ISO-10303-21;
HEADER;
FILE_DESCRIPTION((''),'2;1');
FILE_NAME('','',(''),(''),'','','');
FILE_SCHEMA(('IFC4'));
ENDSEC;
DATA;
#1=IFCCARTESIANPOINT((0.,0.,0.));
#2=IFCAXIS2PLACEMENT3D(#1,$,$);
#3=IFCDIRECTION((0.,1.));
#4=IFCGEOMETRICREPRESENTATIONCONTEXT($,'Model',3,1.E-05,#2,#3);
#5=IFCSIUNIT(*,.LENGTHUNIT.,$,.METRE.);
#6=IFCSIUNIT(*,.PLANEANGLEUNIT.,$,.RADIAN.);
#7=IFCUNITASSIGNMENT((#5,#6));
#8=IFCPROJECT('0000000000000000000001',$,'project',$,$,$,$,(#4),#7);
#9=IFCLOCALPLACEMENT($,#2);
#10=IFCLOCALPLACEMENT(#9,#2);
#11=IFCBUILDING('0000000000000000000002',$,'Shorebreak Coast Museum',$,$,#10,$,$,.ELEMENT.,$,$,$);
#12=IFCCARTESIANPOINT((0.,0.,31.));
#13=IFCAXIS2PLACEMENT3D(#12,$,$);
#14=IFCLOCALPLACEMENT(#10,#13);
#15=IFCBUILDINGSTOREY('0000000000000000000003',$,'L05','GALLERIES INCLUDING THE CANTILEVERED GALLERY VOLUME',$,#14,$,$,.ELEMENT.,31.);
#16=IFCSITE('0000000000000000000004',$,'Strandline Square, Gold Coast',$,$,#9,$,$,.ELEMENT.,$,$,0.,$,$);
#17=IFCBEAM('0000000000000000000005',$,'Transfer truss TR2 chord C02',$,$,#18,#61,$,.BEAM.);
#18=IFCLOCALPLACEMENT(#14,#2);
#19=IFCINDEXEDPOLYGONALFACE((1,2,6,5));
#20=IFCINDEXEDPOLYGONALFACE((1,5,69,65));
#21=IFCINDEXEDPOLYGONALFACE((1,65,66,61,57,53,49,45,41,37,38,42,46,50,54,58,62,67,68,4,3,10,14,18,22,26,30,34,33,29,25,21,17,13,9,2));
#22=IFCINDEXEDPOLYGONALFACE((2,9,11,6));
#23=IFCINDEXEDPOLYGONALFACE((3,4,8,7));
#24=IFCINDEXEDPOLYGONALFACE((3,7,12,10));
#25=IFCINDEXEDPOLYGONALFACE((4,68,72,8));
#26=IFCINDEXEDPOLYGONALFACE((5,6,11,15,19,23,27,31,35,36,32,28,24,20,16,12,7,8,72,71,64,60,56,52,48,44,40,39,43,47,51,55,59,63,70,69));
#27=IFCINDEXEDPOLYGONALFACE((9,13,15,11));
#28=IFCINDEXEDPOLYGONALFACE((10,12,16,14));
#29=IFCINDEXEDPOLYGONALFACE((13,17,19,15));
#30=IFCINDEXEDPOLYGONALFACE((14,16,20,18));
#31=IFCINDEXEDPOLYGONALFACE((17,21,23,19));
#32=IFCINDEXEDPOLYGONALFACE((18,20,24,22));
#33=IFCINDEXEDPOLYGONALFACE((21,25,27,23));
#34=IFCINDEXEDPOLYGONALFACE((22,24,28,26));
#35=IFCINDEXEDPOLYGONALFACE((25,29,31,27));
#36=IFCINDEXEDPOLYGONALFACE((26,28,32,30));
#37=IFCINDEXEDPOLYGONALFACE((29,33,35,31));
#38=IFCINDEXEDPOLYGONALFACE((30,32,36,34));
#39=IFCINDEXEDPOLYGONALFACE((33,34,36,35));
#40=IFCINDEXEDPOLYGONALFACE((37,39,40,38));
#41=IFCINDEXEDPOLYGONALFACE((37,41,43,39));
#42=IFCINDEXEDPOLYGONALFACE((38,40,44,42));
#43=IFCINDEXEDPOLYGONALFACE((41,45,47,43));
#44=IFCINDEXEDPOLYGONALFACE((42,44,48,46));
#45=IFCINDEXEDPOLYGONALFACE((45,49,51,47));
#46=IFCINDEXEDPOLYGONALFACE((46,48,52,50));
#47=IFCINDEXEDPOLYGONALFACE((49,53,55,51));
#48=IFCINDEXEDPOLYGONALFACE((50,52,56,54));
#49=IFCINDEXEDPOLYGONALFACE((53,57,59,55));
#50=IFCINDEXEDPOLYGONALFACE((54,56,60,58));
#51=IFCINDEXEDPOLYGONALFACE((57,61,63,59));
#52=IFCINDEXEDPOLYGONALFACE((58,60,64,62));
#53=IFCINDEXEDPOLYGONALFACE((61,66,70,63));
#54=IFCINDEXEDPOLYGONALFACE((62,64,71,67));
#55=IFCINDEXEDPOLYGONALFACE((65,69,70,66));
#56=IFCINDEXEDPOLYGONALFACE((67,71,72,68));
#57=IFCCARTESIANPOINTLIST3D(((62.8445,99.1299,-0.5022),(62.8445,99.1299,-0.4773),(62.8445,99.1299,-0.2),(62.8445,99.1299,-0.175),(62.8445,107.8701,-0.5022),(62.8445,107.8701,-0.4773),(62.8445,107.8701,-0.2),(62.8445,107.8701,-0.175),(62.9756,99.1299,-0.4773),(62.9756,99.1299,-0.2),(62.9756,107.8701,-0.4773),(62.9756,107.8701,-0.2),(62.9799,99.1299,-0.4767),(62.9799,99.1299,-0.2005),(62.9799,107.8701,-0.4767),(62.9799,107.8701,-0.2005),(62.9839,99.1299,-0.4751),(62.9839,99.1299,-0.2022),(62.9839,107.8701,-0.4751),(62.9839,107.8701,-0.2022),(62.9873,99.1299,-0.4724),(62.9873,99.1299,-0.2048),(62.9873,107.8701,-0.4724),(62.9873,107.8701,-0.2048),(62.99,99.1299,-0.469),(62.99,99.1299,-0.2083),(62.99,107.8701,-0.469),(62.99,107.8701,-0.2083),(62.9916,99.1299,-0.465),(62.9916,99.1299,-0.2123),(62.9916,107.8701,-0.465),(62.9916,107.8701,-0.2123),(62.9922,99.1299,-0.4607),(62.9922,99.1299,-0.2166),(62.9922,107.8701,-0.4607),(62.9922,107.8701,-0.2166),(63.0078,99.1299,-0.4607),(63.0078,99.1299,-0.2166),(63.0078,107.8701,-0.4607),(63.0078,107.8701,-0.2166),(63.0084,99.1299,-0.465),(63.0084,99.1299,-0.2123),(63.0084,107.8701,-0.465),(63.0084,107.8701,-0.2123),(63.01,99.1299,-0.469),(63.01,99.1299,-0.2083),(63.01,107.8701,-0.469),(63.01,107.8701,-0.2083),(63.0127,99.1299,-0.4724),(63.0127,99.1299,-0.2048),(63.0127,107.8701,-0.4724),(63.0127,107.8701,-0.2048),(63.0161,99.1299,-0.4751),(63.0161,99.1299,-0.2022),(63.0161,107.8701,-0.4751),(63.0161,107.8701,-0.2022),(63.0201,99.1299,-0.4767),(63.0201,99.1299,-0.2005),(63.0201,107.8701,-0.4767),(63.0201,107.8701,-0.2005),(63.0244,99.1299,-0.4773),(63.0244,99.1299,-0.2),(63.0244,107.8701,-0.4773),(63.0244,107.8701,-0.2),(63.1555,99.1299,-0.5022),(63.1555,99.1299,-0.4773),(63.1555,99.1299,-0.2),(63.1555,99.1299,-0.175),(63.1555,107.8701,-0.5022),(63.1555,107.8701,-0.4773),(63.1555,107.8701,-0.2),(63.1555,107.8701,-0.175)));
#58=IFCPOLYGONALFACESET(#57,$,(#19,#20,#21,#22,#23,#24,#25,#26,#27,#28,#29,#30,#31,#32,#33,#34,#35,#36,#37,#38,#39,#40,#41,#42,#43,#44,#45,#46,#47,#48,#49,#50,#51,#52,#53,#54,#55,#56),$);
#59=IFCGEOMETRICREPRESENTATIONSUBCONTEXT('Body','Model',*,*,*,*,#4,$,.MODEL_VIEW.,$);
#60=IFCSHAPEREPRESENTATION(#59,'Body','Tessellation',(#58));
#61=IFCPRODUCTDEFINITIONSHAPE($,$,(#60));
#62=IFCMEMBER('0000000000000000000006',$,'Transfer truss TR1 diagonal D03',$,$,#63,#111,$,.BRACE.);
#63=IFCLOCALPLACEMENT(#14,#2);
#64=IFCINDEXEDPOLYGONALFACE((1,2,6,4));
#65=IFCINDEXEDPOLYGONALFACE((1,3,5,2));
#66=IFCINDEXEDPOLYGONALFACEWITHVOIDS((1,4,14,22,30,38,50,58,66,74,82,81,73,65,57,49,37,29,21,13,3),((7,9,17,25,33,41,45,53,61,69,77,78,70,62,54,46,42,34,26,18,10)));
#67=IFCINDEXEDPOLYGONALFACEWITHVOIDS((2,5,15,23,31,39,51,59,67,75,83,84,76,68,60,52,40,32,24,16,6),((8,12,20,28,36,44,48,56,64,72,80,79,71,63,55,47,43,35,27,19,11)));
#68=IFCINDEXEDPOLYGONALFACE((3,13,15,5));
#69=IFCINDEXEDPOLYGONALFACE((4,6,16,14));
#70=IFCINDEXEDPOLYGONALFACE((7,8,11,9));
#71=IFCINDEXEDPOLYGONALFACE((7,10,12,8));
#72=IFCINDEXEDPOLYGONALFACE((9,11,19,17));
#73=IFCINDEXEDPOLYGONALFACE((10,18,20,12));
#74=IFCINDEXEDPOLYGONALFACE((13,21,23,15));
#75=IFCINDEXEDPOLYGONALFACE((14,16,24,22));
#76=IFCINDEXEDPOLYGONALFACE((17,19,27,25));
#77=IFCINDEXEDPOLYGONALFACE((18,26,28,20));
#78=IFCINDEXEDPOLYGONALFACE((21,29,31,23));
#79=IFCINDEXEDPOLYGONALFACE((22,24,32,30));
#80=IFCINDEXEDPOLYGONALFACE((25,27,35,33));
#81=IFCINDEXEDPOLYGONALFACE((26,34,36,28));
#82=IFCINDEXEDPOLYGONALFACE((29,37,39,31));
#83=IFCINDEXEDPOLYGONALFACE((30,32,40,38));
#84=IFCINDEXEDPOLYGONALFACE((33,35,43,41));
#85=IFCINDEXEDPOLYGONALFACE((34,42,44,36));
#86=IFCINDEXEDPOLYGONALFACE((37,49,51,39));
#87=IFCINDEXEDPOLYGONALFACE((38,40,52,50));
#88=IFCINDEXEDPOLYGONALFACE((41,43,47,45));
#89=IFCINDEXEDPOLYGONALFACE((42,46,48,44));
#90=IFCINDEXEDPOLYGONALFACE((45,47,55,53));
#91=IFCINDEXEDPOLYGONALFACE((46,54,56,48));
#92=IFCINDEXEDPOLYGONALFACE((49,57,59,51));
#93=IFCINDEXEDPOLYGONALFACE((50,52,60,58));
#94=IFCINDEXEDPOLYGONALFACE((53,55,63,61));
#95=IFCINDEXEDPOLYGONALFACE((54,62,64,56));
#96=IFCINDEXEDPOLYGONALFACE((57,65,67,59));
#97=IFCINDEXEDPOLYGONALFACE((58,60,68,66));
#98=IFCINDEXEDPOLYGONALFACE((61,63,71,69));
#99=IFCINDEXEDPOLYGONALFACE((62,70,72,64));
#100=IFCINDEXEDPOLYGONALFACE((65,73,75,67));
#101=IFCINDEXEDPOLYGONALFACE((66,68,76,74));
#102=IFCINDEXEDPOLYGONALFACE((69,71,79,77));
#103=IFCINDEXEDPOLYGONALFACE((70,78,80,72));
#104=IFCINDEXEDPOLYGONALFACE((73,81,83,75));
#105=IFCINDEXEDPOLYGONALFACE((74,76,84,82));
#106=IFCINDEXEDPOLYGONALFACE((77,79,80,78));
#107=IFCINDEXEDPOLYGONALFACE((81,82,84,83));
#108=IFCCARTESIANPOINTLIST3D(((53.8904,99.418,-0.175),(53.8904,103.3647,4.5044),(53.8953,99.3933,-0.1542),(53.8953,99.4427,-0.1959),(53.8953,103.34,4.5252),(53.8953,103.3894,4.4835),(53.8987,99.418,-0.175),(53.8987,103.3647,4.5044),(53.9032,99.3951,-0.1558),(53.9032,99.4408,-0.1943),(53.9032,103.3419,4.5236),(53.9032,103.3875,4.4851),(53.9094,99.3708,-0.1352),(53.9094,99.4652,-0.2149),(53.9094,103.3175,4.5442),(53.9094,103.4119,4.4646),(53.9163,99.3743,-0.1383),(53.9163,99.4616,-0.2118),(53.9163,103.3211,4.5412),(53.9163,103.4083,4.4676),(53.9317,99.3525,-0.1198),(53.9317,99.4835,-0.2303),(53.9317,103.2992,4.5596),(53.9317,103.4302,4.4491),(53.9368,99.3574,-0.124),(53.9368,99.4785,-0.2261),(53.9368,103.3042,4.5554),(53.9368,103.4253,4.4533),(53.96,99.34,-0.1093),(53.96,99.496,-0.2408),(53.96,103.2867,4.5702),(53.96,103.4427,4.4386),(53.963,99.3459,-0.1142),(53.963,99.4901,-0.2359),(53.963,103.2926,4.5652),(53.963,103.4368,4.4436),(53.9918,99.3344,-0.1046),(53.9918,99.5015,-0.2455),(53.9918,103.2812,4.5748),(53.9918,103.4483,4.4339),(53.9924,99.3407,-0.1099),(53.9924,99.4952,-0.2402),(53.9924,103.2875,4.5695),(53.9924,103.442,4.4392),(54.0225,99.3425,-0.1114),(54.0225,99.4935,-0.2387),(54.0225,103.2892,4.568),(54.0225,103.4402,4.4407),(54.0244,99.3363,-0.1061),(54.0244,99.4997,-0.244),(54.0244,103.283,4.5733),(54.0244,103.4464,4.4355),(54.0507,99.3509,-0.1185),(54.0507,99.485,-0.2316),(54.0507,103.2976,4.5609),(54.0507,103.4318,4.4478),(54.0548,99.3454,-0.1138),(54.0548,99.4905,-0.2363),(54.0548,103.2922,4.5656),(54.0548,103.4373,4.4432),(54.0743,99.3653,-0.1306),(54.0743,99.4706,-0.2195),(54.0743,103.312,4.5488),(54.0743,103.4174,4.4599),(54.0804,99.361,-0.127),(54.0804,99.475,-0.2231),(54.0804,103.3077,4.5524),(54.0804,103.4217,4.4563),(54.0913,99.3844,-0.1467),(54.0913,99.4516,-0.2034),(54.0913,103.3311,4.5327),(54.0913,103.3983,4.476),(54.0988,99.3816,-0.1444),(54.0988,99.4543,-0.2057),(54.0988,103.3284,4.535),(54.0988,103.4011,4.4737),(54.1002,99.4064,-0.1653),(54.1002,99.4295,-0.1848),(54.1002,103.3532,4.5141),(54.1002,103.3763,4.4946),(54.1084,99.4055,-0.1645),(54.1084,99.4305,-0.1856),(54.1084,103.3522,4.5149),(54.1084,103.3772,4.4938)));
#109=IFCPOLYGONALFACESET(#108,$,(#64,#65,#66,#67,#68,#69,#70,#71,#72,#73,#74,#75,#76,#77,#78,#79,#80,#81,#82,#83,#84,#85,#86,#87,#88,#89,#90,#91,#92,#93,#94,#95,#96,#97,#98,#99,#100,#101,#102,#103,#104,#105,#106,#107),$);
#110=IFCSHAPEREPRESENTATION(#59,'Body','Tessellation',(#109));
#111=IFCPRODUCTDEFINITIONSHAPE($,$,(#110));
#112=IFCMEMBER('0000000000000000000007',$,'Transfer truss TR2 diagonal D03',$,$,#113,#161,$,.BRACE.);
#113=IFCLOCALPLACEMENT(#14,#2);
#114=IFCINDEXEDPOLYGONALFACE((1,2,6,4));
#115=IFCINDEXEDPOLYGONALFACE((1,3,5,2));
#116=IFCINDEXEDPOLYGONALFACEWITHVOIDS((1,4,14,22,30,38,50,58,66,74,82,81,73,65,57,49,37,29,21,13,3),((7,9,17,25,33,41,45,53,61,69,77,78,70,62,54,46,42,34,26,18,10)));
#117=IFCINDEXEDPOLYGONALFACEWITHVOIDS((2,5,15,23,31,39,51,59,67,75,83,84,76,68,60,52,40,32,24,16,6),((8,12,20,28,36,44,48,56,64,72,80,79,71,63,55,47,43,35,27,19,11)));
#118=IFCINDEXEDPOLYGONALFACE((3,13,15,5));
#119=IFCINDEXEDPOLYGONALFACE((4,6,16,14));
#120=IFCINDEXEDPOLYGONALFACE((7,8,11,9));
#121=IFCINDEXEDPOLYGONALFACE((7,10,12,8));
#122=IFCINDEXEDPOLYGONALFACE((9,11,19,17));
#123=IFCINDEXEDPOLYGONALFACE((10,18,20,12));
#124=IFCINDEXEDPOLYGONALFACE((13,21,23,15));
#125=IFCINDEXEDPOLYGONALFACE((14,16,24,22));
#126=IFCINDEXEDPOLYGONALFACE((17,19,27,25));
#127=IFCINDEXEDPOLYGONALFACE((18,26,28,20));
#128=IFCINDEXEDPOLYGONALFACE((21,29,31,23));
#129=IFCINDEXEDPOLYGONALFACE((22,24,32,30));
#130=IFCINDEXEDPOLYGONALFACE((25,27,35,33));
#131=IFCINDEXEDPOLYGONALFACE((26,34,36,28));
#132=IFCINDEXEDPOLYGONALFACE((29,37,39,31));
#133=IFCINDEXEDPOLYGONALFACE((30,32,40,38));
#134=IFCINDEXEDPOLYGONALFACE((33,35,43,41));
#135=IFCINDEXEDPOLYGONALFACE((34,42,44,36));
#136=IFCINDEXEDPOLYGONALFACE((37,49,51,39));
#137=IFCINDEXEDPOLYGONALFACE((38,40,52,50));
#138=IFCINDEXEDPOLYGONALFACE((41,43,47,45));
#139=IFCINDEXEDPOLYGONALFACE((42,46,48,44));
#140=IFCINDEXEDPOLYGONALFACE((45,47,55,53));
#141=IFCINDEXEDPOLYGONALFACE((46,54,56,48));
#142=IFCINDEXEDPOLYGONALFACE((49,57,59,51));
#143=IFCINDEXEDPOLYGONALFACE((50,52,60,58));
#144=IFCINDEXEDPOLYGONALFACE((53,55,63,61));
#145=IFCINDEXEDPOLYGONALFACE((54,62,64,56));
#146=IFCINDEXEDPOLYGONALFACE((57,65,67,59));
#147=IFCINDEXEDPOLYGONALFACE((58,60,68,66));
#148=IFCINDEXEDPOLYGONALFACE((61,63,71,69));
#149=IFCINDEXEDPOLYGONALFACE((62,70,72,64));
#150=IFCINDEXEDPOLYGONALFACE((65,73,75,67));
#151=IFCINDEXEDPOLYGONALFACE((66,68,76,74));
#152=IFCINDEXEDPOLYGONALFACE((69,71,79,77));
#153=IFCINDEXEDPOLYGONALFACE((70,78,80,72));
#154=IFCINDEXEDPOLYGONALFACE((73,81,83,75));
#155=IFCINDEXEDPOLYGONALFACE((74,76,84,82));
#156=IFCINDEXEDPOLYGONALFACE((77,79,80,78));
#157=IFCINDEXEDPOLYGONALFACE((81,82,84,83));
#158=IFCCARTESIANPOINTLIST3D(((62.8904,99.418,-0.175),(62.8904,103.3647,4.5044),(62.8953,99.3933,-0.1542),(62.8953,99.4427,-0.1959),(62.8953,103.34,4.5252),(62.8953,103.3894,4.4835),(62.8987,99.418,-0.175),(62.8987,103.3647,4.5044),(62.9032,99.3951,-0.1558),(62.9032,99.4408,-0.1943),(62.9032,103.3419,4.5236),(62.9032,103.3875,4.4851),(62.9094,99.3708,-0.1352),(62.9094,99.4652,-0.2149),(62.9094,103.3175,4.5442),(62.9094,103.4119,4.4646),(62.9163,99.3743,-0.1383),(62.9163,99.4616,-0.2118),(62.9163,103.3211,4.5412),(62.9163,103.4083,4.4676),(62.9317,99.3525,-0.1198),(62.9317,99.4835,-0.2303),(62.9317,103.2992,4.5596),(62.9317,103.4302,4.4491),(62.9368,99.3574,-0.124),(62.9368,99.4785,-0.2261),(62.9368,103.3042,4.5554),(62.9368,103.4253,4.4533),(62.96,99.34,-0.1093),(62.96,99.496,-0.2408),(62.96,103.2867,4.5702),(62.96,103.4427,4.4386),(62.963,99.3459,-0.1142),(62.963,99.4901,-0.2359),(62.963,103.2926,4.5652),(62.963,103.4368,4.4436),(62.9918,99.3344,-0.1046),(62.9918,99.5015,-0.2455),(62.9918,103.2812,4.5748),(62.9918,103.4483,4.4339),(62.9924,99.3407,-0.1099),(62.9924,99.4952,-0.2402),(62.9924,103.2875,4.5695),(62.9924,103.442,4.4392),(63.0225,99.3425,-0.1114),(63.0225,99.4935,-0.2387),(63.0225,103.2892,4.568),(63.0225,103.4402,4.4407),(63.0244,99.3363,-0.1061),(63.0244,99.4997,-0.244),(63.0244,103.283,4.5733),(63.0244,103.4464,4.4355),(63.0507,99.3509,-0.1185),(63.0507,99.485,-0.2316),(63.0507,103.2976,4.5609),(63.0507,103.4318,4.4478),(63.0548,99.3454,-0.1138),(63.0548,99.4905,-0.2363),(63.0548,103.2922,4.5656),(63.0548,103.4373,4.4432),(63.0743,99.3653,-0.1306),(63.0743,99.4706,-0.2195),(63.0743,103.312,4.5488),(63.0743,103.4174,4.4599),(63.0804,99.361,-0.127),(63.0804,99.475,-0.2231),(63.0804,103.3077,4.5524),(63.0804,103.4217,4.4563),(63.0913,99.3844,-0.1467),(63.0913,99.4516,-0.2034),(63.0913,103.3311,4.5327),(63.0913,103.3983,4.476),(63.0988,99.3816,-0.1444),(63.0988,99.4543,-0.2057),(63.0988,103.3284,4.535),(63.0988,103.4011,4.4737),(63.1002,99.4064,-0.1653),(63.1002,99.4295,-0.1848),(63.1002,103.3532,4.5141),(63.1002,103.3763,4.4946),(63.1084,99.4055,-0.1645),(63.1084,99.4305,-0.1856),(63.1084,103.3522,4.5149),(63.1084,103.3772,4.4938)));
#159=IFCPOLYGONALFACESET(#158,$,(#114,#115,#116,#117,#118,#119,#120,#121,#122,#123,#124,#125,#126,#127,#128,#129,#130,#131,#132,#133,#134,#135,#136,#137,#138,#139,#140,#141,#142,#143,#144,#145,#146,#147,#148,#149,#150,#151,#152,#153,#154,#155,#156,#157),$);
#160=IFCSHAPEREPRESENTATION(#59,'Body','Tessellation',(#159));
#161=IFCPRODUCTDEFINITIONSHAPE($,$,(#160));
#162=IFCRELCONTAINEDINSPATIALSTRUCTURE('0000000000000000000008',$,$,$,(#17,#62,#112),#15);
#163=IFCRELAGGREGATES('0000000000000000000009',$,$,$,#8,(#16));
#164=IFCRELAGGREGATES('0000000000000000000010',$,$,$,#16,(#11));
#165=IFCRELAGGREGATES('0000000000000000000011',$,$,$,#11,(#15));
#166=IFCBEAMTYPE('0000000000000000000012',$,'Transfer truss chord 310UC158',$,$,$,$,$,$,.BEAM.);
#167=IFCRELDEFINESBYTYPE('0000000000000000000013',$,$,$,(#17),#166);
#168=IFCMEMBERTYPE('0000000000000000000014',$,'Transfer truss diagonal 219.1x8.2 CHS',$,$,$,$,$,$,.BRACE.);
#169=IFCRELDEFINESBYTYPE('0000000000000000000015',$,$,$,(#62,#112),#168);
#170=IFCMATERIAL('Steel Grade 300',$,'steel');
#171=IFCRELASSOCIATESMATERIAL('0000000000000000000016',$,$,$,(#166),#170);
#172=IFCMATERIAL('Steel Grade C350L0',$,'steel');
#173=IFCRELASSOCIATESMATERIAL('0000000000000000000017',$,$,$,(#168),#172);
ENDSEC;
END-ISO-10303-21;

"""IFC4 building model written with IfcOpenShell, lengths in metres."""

from ifc_helpers import new_model, si_unit, direction, frame, origin, origin_2d, place, context, subcontext, project, spatial, hollow_circle, i_section, extrude, material, material_profile, profile_set, type_object, element, save


model = new_model("IFC4")

# Units and contexts
model_context = context("Model", 3, precision=1e-05, world=origin(), true_north=direction((0.0, 1.0)))
body_context = subcontext(model_context, "Body", "Model", "MODEL_VIEW")
ifc_project = project(units=[si_unit("LENGTHUNIT", "METRE"), si_unit("PLANEANGLEUNIT", "RADIAN")], contexts=[model_context])

# Site, building, storey
site_placement = place(None, origin())
site = spatial("IfcSite", under=ifc_project, at=site_placement, Name="Strandline Square, Gold Coast", CompositionType="ELEMENT", RefElevation=0.0)
building_placement = place(site_placement, origin())
building = spatial("IfcBuilding", under=site, at=building_placement, Name="Shorebreak Coast Museum", CompositionType="ELEMENT")
storey_placement = place(building_placement, frame((0.0, 0.0, 31.0)))
storey = spatial("IfcBuildingStorey", under=building, at=storey_placement, Name="L05", Description="GALLERIES INCLUDING THE CANTILEVERED GALLERY VOLUME", CompositionType="ELEMENT", Elevation=31.0)

# Beam
ifc_material_1 = material(Name="Steel Grade 300", Category="steel")
ifc_material_profile_1 = material_profile(ifc_material_1, i_section(OverallWidth=0.311, OverallDepth=0.3271, WebThickness=0.0156, FlangeThickness=0.0249, FilletRadius=0.0166, at=origin_2d()), Name="310UC158")
ifc_profile_set_1 = profile_set([ifc_material_profile_1], Name="Steel Grade 300")
beam_type_1 = type_object("IfcBeamType", Name="Transfer truss chord 310UC158", PredefinedType="BEAM", material=ifc_profile_set_1)
for number, where, z_axis, x_axis, name in (
    (1, (63.0, 99.1299, -0.3386), (0.0, 1.0, 0.0), (-1.0, 0.0, 0.0), "Transfer truss TR2 chord C02"),
):
    element("IfcBeam", number, at=place(storey_placement, frame(where, z_axis=z_axis, x_axis=x_axis)), inside=storey, type_object=beam_type_1, Name=name, PredefinedType="BEAM", context=body_context, shape_type="SweptSolid", body=[
        extrude(i_section(OverallWidth=0.311, OverallDepth=0.3271, WebThickness=0.0156, FlangeThickness=0.0249, FilletRadius=0.0166, at=origin_2d()), origin(), (0.0, 0.0, 1.0), 8.7402),
    ])

# Members
ifc_material_2 = material(Name="Steel Grade C350L0", Category="steel")
ifc_material_profile_2 = material_profile(ifc_material_2, hollow_circle(Radius=0.1096, WallThickness=0.0083, at=origin_2d()), Name="219.1x8.2 CHS")
ifc_profile_set_2 = profile_set([ifc_material_profile_2], Name="Steel Grade C350L0")
member_type_1 = type_object("IfcMemberType", Name="Transfer truss diagonal 219.1x8.2 CHS", PredefinedType="BRACE", material=ifc_profile_set_2)
for number, where, z_axis, x_axis, name in (
    (2, (54.0, 99.418, -0.175), (0.0, 0.644728, 0.764412), (-1.0, 0.0, 0.0), "Transfer truss TR1 diagonal D03"),
    (3, (63.0, 99.418, -0.175), (0.0, 0.644728, 0.764412), (-1.0, 0.0, 0.0), "Transfer truss TR2 diagonal D03"),
):
    element("IfcMember", number, at=place(storey_placement, frame(where, z_axis=z_axis, x_axis=x_axis)), inside=storey, type_object=member_type_1, Name=name, PredefinedType="BRACE", context=body_context, shape_type="SweptSolid", body=[
        extrude(hollow_circle(Radius=0.1096, WallThickness=0.0083, at=origin_2d()), origin(), (0.0, 0.0, 1.0), 6.1216),
    ])

save(model, "model.ifc")
